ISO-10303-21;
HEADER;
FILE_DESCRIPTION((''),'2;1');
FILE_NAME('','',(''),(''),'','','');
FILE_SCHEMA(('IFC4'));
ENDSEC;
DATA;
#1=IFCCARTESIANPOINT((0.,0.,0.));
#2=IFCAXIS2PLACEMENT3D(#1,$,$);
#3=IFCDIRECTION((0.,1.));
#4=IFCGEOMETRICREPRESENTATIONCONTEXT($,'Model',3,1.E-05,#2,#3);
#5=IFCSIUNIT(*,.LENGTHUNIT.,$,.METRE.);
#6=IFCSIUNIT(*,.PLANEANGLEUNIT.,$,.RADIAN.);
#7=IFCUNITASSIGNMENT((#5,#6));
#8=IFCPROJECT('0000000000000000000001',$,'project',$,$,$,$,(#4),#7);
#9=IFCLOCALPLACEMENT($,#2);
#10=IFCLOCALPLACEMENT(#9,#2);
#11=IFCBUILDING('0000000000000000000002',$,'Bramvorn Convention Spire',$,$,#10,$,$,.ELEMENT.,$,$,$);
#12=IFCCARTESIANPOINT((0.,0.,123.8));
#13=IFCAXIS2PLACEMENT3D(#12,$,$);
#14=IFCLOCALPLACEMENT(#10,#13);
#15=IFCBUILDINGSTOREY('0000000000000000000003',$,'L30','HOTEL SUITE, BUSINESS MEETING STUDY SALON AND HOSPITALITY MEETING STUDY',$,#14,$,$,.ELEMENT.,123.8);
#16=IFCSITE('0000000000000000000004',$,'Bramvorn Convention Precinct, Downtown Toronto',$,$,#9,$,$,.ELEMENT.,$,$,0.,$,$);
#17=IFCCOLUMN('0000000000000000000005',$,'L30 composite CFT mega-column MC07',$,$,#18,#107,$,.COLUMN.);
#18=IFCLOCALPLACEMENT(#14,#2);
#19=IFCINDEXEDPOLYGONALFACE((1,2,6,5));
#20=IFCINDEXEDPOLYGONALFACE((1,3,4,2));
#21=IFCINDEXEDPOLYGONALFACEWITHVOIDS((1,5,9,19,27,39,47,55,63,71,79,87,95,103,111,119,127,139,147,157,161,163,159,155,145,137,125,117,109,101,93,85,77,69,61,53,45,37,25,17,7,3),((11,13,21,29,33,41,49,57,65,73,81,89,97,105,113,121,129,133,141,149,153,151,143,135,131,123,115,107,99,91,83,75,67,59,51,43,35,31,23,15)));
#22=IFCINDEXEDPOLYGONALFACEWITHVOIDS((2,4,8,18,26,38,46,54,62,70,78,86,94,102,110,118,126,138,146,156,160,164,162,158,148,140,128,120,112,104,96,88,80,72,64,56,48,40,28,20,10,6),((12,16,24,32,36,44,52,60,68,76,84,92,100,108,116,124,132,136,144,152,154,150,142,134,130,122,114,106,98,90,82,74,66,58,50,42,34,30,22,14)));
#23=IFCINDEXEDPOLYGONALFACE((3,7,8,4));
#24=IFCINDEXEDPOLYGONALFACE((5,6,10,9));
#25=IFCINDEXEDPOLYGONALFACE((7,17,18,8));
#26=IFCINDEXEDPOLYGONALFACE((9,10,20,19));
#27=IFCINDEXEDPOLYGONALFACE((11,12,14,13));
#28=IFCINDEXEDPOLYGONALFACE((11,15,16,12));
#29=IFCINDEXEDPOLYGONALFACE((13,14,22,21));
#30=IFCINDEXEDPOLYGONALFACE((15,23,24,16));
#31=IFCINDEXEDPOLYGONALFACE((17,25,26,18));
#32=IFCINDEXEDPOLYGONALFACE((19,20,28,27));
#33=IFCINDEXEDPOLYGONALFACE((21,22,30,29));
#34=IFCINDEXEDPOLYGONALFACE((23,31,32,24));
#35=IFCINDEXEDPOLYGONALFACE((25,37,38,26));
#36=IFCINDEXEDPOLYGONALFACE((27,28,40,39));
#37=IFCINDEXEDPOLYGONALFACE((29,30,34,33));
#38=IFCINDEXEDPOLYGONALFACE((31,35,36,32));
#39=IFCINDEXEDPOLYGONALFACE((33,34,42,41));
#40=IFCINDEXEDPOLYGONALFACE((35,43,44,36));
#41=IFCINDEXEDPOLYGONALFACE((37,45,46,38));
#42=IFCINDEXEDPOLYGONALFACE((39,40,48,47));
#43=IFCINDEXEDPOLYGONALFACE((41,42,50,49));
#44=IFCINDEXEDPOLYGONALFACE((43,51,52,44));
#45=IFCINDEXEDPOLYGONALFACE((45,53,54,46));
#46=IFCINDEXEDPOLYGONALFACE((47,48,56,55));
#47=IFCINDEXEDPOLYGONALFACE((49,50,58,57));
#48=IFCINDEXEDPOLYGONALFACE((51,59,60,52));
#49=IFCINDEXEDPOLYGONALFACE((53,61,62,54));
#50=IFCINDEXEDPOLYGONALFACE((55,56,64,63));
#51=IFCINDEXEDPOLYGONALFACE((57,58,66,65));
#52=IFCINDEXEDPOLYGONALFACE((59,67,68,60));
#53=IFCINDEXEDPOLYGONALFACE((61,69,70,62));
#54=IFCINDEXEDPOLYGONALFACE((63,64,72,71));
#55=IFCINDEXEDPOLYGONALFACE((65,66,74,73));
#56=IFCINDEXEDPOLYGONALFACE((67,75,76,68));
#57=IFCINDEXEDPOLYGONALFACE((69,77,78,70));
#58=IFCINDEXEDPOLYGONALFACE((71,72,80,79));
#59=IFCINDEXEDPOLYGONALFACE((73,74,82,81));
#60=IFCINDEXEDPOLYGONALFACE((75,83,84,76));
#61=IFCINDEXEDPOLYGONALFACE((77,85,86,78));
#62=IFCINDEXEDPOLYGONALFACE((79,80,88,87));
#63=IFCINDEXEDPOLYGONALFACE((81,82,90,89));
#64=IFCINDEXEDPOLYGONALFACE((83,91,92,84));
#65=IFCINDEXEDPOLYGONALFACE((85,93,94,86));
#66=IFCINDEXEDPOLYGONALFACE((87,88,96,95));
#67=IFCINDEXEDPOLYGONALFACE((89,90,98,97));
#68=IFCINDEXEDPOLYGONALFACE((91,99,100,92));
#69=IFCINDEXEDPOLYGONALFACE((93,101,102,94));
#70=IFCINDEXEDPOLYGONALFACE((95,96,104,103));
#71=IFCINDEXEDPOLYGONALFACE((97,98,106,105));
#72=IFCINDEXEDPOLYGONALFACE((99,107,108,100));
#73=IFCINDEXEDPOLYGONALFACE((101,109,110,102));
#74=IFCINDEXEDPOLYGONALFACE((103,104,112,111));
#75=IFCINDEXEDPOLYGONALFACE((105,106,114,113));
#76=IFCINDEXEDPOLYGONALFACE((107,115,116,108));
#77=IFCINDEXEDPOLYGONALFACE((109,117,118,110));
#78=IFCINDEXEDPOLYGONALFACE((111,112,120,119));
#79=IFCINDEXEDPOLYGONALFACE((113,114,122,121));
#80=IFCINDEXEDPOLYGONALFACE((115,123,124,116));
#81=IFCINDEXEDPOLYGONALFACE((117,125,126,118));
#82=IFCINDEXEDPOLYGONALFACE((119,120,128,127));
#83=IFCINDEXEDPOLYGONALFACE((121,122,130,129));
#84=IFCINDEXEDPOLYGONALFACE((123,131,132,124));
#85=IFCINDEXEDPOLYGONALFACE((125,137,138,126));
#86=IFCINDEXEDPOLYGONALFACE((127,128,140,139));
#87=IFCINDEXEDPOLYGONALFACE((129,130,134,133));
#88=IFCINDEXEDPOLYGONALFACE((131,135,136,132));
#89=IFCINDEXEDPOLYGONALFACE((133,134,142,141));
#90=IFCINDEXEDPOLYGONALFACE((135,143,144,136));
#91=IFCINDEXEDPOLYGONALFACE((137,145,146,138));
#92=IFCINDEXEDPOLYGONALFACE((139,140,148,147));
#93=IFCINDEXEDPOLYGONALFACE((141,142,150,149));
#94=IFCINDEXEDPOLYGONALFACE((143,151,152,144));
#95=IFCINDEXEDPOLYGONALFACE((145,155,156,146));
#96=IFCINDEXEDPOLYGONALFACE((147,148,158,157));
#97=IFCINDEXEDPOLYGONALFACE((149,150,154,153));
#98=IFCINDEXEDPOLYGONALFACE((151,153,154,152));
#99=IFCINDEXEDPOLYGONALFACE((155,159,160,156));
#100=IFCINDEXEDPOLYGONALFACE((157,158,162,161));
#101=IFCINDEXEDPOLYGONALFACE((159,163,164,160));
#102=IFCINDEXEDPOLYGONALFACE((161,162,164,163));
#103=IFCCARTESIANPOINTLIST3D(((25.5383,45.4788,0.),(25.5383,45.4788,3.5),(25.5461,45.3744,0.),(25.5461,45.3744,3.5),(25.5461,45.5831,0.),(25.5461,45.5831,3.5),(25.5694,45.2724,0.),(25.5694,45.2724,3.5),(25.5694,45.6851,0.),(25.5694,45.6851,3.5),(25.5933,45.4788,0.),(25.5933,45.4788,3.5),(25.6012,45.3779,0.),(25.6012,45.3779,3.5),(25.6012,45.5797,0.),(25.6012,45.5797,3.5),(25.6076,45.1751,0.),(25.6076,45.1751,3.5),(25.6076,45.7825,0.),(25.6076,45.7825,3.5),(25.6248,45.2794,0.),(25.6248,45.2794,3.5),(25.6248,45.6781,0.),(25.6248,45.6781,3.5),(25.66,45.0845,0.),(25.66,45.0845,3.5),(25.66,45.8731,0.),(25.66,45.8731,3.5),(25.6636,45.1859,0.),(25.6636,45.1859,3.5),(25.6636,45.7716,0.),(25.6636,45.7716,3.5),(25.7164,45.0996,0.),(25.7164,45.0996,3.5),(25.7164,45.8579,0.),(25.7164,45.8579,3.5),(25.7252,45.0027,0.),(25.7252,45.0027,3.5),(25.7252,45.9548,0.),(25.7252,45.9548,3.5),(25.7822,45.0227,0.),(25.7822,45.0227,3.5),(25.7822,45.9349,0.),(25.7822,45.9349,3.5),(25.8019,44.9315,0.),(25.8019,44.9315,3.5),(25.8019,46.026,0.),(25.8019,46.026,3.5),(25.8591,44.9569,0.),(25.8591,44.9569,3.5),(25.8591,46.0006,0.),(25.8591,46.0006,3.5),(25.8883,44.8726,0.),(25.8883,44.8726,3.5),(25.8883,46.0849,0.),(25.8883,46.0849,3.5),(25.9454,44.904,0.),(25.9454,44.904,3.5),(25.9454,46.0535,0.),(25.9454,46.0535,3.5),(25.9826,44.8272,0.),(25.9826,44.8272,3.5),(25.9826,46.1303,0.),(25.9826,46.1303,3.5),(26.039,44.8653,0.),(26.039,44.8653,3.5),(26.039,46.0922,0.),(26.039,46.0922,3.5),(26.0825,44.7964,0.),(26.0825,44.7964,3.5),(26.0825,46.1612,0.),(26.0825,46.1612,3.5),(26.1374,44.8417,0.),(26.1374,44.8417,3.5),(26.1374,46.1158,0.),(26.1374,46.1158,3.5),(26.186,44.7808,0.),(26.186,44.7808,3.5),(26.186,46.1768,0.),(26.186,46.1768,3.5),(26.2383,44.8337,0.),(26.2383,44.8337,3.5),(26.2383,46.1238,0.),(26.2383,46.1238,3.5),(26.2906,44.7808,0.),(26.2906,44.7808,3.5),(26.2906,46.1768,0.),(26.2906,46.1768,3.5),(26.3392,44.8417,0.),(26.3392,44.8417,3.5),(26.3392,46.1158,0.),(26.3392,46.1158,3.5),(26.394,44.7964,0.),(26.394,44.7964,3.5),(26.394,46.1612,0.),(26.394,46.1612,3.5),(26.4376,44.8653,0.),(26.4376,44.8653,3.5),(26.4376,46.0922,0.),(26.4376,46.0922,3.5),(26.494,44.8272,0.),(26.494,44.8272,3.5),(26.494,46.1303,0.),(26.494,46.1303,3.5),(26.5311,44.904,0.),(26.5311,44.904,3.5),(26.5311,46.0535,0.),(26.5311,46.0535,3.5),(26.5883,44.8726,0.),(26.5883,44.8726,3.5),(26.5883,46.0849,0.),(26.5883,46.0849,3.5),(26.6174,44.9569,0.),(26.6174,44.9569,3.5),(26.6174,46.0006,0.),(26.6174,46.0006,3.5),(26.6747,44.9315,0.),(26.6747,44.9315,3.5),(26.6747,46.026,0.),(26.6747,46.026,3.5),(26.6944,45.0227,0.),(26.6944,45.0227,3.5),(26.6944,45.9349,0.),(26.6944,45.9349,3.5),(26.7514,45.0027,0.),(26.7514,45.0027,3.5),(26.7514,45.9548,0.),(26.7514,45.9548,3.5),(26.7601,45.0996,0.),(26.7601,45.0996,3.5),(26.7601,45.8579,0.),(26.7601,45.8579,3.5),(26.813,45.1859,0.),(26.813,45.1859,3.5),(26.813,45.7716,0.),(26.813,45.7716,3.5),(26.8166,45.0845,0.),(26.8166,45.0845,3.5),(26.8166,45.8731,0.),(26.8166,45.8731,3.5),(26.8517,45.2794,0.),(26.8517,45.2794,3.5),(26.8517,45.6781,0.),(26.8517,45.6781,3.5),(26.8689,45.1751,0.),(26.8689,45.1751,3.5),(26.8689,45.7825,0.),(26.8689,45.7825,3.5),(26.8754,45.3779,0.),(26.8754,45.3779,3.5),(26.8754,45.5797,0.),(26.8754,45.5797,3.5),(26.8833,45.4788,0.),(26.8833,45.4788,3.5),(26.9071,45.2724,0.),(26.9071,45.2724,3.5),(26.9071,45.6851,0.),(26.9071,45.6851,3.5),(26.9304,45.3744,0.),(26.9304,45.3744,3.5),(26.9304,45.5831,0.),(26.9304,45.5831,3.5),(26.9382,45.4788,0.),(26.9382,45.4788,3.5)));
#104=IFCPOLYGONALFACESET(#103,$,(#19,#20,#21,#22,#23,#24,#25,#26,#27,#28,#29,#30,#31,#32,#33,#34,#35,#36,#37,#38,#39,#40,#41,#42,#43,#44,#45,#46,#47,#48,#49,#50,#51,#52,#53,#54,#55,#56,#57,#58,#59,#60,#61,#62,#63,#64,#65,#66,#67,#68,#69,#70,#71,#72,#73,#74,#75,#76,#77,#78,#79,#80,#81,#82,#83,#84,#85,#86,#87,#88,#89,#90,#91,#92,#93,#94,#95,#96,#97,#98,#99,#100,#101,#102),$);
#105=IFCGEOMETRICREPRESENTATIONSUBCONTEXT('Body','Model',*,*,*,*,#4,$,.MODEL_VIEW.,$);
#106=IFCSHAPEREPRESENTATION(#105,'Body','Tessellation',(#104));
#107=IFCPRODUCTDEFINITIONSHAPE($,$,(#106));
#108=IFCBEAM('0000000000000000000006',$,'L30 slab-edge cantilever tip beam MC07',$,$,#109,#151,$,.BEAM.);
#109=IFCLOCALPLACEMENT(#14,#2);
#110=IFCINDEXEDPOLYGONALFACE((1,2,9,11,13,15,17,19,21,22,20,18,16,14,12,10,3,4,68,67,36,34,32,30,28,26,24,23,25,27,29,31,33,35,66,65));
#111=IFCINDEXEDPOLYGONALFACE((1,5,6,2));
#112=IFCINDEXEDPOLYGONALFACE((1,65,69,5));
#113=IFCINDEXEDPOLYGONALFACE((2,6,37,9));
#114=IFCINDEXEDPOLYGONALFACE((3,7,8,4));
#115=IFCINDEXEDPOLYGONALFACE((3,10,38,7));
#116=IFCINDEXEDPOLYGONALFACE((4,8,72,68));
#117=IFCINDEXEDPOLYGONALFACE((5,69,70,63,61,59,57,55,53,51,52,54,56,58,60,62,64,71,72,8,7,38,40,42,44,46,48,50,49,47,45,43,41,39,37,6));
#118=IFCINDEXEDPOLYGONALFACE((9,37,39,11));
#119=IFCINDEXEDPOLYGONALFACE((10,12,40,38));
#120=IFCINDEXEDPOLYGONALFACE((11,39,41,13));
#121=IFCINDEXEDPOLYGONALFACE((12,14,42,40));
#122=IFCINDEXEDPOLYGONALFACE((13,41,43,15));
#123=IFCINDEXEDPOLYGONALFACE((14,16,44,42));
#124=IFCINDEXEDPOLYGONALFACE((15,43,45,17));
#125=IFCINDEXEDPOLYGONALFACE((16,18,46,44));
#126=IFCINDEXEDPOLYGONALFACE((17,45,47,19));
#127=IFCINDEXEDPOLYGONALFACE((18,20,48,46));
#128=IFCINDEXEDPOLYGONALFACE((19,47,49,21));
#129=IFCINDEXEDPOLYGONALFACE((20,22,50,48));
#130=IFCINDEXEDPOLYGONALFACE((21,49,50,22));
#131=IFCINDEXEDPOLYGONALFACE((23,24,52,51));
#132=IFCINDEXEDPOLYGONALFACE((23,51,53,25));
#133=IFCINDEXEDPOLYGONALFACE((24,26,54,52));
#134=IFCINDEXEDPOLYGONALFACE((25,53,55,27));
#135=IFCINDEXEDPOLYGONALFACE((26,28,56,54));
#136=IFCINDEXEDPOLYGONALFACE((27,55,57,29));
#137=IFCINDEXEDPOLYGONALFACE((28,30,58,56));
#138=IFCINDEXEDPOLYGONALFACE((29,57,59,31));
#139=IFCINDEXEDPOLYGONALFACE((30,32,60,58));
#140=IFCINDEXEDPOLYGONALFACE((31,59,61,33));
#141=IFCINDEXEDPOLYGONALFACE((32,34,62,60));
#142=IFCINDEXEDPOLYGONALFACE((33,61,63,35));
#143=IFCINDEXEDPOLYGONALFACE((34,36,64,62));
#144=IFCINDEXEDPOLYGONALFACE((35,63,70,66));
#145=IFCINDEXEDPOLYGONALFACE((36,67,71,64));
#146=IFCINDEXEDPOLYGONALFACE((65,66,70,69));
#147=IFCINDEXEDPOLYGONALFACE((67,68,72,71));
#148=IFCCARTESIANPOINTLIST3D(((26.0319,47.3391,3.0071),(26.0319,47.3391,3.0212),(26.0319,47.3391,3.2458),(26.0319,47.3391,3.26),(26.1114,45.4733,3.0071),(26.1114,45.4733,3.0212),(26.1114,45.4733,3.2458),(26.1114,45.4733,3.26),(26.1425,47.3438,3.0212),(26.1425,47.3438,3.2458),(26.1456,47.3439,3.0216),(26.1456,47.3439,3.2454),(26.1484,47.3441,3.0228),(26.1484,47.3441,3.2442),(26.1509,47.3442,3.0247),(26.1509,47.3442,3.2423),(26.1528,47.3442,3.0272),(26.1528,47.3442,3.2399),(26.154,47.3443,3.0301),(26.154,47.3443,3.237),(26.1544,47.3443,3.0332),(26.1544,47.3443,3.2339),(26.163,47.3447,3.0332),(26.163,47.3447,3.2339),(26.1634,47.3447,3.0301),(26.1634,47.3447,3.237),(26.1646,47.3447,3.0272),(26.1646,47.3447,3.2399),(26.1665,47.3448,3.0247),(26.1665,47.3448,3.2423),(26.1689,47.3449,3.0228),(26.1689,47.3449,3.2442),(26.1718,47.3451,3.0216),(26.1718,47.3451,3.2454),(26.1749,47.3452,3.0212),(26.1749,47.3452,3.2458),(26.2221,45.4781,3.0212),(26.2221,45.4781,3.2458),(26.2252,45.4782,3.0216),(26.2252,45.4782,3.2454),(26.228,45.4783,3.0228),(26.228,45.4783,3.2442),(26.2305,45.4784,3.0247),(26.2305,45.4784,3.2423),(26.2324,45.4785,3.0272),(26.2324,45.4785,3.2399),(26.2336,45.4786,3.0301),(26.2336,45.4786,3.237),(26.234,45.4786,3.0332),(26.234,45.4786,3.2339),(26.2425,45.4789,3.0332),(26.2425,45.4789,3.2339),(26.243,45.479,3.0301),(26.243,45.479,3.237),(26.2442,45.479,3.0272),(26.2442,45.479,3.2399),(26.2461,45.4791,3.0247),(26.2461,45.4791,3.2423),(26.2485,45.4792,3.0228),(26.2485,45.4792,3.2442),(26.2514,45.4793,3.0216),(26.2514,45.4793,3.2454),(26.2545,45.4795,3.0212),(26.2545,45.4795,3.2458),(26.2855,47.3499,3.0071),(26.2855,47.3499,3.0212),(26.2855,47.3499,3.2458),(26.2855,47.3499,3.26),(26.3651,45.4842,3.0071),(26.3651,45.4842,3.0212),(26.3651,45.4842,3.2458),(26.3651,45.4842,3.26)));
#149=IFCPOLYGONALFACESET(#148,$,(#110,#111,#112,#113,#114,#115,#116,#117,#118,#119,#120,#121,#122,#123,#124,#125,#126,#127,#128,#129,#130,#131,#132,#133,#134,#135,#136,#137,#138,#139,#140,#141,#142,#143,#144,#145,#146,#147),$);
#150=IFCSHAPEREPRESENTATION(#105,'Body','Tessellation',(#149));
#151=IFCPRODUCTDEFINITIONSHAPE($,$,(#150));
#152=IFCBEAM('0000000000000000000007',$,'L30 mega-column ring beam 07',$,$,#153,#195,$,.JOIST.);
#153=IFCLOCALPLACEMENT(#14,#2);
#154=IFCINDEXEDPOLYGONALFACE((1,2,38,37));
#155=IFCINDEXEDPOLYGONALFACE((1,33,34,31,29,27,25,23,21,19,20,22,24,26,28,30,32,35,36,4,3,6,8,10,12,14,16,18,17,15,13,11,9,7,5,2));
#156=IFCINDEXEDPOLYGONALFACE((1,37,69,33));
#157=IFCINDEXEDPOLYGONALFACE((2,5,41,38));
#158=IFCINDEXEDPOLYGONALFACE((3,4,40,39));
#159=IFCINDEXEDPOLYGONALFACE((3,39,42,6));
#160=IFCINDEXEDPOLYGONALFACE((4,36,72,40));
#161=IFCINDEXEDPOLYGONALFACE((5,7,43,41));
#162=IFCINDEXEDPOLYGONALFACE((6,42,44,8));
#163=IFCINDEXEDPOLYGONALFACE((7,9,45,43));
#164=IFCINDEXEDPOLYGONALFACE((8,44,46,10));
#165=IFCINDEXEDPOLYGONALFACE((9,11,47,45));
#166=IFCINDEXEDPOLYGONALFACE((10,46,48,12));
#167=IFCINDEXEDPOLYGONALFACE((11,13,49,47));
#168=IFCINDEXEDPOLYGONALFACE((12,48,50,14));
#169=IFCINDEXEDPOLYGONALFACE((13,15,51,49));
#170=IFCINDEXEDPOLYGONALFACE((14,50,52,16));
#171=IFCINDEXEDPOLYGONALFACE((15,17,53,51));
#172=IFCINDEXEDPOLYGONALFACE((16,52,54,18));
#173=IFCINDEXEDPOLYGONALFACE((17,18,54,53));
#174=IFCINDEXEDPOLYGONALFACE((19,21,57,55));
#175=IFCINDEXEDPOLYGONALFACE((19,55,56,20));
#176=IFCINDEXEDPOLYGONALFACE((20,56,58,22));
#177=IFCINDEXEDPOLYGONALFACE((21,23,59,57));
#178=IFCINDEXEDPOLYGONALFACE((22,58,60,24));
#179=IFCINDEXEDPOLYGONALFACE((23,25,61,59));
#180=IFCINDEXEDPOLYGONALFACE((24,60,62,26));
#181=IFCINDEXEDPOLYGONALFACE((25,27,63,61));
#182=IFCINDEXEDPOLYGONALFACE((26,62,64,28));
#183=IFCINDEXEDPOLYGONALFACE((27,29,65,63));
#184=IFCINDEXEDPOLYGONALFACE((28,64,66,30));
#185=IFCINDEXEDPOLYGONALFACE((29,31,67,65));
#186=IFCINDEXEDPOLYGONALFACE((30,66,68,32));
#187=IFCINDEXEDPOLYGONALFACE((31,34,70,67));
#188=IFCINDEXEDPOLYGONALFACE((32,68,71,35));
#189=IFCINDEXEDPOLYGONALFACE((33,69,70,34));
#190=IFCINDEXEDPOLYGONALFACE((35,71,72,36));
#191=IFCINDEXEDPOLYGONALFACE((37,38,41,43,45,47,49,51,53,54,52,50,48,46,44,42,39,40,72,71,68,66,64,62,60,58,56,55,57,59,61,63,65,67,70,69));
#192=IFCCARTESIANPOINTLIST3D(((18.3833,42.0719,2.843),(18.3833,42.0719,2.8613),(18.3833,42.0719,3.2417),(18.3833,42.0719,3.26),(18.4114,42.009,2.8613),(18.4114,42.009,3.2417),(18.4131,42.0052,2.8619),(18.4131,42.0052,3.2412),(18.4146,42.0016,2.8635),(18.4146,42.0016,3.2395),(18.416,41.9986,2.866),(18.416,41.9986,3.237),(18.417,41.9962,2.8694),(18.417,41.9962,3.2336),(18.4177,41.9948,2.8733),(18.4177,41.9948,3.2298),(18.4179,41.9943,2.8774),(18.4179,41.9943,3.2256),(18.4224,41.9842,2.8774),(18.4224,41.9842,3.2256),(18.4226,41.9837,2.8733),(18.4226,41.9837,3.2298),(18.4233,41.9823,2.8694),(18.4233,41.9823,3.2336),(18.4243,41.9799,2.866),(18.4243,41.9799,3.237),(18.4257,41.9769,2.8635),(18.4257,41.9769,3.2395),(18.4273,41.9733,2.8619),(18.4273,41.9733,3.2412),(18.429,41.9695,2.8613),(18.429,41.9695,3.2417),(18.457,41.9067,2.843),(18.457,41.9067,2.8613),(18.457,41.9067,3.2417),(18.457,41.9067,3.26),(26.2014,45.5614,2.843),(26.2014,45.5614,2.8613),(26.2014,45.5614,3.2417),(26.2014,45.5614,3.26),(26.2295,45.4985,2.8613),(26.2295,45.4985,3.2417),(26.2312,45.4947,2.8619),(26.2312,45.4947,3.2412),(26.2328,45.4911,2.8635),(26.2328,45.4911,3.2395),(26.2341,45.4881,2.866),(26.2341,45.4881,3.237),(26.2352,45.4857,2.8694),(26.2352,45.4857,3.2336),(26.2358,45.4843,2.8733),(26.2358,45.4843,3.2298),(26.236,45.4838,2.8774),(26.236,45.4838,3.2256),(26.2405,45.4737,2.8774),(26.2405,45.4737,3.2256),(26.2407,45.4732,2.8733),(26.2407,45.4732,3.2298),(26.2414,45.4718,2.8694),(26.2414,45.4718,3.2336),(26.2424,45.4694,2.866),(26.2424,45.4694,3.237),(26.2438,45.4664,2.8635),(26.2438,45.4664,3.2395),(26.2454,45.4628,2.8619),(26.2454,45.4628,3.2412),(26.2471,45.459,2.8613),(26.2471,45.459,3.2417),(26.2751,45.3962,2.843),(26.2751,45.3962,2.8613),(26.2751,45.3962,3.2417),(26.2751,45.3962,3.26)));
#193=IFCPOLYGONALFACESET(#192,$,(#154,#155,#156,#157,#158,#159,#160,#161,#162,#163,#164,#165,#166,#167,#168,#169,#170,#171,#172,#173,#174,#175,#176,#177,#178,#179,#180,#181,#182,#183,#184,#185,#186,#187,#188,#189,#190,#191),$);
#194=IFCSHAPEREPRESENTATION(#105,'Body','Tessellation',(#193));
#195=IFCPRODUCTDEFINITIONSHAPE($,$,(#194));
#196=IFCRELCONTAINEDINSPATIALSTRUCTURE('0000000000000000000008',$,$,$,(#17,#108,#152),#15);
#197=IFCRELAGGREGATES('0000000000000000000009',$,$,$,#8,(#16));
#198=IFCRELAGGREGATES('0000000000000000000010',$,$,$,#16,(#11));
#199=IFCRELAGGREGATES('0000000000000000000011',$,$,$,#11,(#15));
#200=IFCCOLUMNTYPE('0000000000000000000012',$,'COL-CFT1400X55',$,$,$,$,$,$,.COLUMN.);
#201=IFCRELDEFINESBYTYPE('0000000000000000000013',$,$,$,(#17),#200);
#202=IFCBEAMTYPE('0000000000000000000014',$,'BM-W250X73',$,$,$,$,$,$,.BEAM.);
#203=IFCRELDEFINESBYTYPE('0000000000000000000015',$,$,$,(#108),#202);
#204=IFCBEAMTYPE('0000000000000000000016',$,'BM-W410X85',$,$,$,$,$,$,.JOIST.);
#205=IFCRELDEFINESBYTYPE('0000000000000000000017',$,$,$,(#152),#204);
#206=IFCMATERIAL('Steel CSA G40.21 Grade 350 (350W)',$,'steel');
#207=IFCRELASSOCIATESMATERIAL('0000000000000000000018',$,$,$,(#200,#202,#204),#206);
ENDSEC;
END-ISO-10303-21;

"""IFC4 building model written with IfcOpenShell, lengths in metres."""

from ifc_helpers import new_model, si_unit, direction, frame, origin, origin_2d, place, context, subcontext, project, spatial, hollow_circle, i_section, extrude, material, material_profile, profile_set, type_object, element, save


model = new_model("IFC4")

# Units and contexts
model_context = context("Model", 3, precision=1e-05, world=origin(), true_north=direction((0.0, 1.0)))
body_context = subcontext(model_context, "Body", "Model", "MODEL_VIEW")
ifc_project = project(units=[si_unit("LENGTHUNIT", "METRE"), si_unit("PLANEANGLEUNIT", "RADIAN")], contexts=[model_context])

# Site, building, storey
site_placement = place(None, origin())
site = spatial("IfcSite", under=ifc_project, at=site_placement, Name="Bramvorn Convention Precinct, Downtown Toronto", CompositionType="ELEMENT", RefElevation=0.0)
building_placement = place(site_placement, origin())
building = spatial("IfcBuilding", under=site, at=building_placement, Name="Bramvorn Convention Spire", CompositionType="ELEMENT")
storey_placement = place(building_placement, frame((0.0, 0.0, 123.8)))
storey = spatial("IfcBuildingStorey", under=building, at=storey_placement, Name="L30", Description="HOTEL SUITE, BUSINESS MEETING STUDY SALON AND HOSPITALITY MEETING STUDY", CompositionType="ELEMENT", Elevation=123.8)

# Column
ifc_material_1 = material(Name="Steel CSA G40.21 Grade 350 (350W)", Category="steel")
ifc_material_profile_1 = material_profile(ifc_material_1, hollow_circle(Radius=0.7, WallThickness=0.0549, at=origin_2d()))
ifc_profile_set_1 = profile_set([ifc_material_profile_1], Name="Steel CSA G40.21 Grade 350 (350W) - CFT1400X55")
column_type = type_object("IfcColumnType", Name="COL-CFT1400X55", PredefinedType="COLUMN", material=ifc_profile_set_1)
column_placement = place(storey_placement, frame((26.2383, 45.4788, 0.0), z_axis=(0.0, 0.0, 1.0), x_axis=(1.0, 0.0, 0.0)))
element("IfcColumn", 1, at=column_placement, inside=storey, type_object=column_type, Name="L30 composite CFT mega-column MC07", PredefinedType="COLUMN", context=body_context, shape_type="SweptSolid", body=[
    extrude(hollow_circle(Radius=0.7, WallThickness=0.0549, at=origin_2d()), origin(), (0.0, 0.0, 1.0), 3.5),
])

# Beams
ifc_material_profile_2 = material_profile(ifc_material_1, i_section(OverallWidth=0.2539, OverallDepth=0.2529, WebThickness=0.0085, FlangeThickness=0.0142, FilletRadius=0.012, at=origin_2d()))
ifc_profile_set_2 = profile_set([ifc_material_profile_2], Name="Steel CSA G40.21 Grade 350 (350W) - W250X73")
beam_type_1 = type_object("IfcBeamType", Name="BM-W250X73", PredefinedType="BEAM", material=ifc_profile_set_2)
beam_1_placement = place(storey_placement, frame((26.2383, 45.4788, 3.1335), z_axis=(-0.04262, 0.999091, 0.0), x_axis=(-0.999091, -0.04262, 0.0)))
element("IfcBeam", 2, at=beam_1_placement, inside=storey, type_object=beam_type_1, Name="L30 slab-edge cantilever tip beam MC07", PredefinedType="BEAM", context=body_context, shape_type="SweptSolid", body=[
    extrude(i_section(OverallWidth=0.2539, OverallDepth=0.2529, WebThickness=0.0085, FlangeThickness=0.0142, FilletRadius=0.012, at=origin_2d()), origin(), (0.0, 0.0, 1.0), 1.8674),
])
ifc_material_profile_3 = material_profile(ifc_material_1, i_section(OverallWidth=0.1809, OverallDepth=0.417, WebThickness=0.011, FlangeThickness=0.0183, FilletRadius=0.0161, at=origin_2d()))
ifc_profile_set_3 = profile_set([ifc_material_profile_3], Name="Steel CSA G40.21 Grade 350 (350W) - W410X85")
beam_type_2 = type_object("IfcBeamType", Name="BM-W410X85", PredefinedType="JOIST", material=ifc_profile_set_3)
beam_2_placement = place(storey_placement, frame((26.2383, 45.4788, 3.0515), z_axis=(-0.91317, -0.40758, 0.0), x_axis=(0.40758, -0.91317, 0.0)))
element("IfcBeam", 3, at=beam_2_placement, inside=storey, type_object=beam_type_2, Name="L30 mega-column ring beam 07", PredefinedType="JOIST", context=body_context, shape_type="SweptSolid", body=[
    extrude(i_section(OverallWidth=0.1809, OverallDepth=0.417, WebThickness=0.011, FlangeThickness=0.0183, FilletRadius=0.0161, at=origin_2d()), origin(), (0.0, 0.0, 1.0), 8.5615),
])

save(model, "model.ifc")
